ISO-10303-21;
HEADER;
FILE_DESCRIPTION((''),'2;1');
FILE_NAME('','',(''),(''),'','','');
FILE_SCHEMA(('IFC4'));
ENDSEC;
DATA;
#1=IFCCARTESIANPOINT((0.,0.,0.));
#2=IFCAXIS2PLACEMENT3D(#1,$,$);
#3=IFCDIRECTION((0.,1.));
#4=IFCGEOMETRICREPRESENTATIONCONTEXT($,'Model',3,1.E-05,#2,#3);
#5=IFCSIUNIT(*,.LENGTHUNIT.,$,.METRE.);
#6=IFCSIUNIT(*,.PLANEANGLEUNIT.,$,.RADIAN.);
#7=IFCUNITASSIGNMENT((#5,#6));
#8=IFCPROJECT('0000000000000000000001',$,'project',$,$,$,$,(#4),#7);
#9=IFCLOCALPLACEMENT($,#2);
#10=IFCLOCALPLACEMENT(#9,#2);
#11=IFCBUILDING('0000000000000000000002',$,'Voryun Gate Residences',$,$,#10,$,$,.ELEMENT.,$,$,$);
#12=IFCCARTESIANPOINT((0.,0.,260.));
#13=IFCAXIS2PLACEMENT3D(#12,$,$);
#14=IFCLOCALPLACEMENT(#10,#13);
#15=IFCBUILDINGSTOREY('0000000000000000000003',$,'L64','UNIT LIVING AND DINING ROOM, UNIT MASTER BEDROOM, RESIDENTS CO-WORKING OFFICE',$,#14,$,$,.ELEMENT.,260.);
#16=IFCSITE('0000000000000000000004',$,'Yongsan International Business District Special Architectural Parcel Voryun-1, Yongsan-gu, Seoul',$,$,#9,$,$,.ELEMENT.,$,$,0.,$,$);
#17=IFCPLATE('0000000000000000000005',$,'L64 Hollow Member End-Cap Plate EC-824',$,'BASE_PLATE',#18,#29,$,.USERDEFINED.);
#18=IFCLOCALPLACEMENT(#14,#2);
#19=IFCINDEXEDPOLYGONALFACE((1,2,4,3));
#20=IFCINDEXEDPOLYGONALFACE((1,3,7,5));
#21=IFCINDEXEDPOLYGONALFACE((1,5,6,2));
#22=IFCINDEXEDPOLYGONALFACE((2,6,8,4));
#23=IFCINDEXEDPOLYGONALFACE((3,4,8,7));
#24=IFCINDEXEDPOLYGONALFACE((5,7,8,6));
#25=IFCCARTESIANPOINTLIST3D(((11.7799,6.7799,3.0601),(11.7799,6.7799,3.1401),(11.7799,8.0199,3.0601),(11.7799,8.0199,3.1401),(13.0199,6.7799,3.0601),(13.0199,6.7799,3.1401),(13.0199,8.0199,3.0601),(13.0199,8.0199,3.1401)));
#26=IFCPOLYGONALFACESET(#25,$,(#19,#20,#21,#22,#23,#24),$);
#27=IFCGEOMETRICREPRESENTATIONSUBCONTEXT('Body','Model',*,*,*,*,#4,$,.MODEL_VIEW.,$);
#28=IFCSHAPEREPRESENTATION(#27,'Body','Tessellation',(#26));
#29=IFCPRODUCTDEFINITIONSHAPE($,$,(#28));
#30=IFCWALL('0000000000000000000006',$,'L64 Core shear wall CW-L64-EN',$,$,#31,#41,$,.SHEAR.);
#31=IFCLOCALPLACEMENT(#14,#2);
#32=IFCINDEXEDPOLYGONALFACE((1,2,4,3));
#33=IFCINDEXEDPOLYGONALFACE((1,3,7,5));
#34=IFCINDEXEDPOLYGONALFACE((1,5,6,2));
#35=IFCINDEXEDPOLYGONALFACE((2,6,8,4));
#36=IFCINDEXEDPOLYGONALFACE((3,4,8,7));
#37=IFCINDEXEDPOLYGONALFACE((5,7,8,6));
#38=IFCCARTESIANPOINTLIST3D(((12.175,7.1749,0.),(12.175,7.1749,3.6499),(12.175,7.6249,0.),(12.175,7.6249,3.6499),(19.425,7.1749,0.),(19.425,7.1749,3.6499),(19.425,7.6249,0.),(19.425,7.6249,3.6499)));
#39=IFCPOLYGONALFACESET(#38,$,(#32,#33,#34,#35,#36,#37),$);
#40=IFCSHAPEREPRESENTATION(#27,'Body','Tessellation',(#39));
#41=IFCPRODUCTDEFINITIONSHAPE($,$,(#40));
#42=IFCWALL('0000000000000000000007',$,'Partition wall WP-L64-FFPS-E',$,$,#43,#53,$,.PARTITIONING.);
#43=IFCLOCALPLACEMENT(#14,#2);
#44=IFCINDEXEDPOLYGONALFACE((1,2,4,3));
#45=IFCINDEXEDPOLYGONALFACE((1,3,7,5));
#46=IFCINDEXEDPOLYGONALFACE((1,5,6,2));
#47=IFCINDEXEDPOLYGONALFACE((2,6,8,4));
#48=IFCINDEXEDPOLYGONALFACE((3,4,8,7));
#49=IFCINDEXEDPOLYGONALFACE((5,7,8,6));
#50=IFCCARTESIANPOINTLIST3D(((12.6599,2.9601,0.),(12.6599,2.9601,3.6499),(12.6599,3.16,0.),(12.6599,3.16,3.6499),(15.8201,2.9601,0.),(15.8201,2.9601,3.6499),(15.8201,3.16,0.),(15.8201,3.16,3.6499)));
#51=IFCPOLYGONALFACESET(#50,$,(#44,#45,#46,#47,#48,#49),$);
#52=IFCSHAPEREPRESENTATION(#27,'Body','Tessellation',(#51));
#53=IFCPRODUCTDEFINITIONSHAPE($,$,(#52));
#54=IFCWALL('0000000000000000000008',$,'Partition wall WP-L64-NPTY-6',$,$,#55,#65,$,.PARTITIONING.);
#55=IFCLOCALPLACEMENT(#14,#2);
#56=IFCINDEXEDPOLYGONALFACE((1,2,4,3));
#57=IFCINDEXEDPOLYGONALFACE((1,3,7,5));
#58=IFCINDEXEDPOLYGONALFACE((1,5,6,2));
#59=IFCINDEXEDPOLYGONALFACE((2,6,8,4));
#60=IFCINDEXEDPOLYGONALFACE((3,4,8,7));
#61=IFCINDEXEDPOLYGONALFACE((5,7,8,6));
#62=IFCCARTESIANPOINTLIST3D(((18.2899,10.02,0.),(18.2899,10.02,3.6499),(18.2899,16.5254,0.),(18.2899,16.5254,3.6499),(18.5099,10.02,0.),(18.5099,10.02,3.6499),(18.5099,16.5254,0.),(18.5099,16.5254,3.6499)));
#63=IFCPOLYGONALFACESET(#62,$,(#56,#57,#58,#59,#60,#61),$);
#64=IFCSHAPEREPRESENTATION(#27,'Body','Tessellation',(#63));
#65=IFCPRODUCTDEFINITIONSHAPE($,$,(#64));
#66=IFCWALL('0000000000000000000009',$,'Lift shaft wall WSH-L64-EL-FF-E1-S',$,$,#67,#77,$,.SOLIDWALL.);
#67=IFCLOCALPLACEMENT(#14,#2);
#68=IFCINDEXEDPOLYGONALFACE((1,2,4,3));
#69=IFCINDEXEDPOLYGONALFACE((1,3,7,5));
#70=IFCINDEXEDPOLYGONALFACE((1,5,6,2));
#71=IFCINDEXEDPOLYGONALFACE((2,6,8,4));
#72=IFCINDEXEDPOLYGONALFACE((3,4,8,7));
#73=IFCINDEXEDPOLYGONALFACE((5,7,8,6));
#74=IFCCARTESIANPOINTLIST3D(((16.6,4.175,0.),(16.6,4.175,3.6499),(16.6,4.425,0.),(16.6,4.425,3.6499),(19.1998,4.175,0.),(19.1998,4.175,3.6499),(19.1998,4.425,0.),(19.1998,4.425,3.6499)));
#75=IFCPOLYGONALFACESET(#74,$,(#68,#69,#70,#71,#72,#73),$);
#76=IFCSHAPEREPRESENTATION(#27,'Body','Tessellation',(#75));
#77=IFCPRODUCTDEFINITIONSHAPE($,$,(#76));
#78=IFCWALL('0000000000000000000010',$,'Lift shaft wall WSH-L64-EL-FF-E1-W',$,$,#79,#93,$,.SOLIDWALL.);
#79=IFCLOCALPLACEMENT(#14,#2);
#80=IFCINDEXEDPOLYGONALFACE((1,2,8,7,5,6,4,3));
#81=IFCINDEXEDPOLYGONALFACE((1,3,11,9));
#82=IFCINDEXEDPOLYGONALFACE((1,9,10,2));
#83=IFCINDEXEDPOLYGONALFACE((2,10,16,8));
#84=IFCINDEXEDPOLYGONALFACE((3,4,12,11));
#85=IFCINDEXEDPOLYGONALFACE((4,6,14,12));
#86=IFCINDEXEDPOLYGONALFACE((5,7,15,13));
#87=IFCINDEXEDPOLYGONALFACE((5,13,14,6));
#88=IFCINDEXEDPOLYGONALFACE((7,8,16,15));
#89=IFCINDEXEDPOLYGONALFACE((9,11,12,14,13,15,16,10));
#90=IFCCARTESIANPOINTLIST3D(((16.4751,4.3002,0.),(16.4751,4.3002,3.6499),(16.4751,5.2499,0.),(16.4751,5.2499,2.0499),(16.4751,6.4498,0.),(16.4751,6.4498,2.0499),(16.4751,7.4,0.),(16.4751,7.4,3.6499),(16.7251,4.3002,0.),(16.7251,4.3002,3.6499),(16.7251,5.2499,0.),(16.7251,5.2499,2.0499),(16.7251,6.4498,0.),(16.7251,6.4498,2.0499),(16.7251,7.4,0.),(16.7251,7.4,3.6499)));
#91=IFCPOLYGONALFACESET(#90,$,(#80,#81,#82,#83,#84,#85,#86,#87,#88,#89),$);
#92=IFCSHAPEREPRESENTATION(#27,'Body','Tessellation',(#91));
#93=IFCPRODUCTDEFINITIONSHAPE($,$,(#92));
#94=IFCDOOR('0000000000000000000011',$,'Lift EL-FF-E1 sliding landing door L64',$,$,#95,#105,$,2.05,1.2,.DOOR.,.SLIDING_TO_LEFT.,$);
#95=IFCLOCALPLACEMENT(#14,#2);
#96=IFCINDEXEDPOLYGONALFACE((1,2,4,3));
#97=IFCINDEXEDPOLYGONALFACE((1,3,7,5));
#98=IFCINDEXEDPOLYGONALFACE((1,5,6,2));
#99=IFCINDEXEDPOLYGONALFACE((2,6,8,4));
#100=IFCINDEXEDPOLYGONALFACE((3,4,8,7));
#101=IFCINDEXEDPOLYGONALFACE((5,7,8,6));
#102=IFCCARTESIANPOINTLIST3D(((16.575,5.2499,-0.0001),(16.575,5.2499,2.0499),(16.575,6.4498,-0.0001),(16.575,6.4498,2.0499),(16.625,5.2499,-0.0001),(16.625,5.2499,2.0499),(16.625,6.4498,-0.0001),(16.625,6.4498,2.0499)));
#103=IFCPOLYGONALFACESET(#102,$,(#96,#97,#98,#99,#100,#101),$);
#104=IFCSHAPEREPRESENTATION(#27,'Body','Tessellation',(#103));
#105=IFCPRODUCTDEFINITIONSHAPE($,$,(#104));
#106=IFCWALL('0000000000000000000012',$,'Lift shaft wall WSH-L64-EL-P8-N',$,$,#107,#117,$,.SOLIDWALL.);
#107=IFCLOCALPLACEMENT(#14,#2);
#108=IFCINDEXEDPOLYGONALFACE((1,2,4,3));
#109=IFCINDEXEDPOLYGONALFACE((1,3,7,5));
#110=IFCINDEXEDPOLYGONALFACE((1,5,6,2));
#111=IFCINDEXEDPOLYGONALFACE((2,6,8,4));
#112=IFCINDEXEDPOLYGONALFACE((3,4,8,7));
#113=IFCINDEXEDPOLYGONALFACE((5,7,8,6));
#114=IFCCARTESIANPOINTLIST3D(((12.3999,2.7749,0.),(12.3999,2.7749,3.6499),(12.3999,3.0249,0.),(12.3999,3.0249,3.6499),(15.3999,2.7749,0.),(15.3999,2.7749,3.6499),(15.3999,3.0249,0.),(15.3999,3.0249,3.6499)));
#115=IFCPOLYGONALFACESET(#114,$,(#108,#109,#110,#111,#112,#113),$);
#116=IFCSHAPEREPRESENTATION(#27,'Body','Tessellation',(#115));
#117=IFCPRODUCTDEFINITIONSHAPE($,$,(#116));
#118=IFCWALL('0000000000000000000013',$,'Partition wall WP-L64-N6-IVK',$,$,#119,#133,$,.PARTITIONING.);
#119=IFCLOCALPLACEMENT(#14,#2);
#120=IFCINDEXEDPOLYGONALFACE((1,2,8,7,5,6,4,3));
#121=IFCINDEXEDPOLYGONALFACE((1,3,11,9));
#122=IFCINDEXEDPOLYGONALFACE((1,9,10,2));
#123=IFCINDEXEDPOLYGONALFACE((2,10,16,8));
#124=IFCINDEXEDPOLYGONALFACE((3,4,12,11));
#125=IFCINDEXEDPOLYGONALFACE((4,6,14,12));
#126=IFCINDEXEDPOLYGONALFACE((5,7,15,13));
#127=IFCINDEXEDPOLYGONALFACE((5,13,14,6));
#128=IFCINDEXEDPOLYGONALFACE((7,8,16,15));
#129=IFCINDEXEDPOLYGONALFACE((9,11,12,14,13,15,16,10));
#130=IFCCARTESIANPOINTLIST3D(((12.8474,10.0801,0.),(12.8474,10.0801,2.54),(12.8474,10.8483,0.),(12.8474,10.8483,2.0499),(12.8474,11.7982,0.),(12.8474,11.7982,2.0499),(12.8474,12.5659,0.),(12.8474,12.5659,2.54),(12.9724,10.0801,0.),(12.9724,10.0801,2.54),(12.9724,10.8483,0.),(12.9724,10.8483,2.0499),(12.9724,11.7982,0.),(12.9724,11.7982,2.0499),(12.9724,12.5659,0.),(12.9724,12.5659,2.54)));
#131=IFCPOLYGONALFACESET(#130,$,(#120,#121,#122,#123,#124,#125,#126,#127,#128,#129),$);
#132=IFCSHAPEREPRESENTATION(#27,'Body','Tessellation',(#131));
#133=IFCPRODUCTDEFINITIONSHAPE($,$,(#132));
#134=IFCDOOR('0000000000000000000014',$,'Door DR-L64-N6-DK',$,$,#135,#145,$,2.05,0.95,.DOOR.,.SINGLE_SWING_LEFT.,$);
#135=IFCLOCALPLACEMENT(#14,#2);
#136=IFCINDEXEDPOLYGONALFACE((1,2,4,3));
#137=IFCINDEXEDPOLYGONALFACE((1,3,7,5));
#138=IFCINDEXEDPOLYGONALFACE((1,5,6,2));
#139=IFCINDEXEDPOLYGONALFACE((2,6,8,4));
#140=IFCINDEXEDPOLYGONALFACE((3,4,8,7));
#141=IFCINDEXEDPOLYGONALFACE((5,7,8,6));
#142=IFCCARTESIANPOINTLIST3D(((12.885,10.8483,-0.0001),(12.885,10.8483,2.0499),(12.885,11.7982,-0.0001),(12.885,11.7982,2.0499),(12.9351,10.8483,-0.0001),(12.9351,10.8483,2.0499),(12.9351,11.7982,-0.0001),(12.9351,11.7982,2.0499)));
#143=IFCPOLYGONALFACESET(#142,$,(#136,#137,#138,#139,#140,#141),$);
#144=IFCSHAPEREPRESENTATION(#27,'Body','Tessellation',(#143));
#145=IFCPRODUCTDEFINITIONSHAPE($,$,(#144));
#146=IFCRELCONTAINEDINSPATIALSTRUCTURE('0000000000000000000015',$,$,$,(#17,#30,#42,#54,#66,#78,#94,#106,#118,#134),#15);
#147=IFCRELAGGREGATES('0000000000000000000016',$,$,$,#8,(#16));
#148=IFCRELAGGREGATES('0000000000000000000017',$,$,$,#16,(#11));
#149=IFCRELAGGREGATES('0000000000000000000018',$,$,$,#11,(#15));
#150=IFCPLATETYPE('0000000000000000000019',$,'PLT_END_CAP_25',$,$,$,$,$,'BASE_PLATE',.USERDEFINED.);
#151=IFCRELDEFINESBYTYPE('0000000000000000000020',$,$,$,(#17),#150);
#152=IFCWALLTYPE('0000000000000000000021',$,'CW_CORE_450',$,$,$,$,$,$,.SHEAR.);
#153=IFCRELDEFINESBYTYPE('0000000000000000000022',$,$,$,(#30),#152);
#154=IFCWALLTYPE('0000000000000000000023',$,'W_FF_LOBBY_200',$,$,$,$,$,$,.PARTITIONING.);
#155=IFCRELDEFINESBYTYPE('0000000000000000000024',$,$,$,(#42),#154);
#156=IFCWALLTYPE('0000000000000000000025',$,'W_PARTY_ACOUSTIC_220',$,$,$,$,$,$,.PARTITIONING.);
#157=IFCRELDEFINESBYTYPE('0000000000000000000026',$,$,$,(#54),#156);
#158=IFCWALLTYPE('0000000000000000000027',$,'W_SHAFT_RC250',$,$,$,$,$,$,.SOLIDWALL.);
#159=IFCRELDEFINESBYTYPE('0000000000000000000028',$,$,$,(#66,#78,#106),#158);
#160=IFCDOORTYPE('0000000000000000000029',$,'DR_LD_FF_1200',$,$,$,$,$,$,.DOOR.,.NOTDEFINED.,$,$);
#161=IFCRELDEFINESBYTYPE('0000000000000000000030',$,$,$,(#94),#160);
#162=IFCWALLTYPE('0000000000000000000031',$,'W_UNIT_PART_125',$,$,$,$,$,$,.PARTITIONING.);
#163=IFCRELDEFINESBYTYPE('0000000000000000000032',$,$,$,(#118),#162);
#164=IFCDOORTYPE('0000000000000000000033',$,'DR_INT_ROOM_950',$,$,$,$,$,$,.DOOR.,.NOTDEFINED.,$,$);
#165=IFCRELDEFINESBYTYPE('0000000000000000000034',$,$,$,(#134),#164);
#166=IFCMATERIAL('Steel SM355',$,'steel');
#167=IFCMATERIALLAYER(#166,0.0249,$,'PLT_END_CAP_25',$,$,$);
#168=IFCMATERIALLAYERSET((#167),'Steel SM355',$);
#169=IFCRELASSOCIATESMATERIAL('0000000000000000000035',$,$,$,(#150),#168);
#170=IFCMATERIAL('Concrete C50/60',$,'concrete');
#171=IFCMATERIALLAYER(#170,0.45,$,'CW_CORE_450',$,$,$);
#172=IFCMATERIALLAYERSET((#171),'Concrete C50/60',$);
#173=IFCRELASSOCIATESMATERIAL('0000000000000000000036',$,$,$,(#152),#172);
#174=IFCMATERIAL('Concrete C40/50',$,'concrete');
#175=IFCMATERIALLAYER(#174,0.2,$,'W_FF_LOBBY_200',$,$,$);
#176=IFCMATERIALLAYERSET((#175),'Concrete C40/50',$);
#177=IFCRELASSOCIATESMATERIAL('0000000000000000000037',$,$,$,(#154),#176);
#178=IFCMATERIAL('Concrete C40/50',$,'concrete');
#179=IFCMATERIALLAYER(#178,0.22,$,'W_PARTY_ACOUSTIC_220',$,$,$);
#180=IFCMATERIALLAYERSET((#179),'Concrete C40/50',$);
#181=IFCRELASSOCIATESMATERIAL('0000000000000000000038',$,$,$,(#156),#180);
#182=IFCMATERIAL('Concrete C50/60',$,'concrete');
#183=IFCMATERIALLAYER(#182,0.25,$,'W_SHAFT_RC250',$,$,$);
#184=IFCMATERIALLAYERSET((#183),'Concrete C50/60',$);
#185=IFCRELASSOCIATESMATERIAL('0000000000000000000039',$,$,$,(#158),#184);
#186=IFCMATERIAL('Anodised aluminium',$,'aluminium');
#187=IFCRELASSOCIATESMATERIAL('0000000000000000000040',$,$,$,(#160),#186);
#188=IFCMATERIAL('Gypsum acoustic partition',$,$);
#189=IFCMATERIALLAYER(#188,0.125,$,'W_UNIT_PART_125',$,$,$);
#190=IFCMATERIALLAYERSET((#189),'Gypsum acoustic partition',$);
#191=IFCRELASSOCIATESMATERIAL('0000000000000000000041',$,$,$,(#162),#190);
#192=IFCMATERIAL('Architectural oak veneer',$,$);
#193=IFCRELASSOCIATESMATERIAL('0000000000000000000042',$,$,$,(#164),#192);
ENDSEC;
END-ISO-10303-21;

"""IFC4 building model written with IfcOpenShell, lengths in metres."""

from ifc_helpers import new_model, si_unit, direction, frame, frame_2d, origin, origin_2d, place, context, subcontext, project, spatial, rectangle, extrude, material, layer, layer_set, type_object, element, fill, save


model = new_model("IFC4")

# Units and contexts
model_context = context("Model", 3, precision=1e-05, world=origin(), true_north=direction((0.0, 1.0)))
body_context = subcontext(model_context, "Body", "Model", "MODEL_VIEW")
ifc_project = project(units=[si_unit("LENGTHUNIT", "METRE"), si_unit("PLANEANGLEUNIT", "RADIAN")], contexts=[model_context])

# Site, building, storey
site_placement = place(None, origin())
site = spatial("IfcSite", under=ifc_project, at=site_placement, Name="Yongsan International Business District Special Architectural Parcel Voryun-1, Yongsan-gu, Seoul", CompositionType="ELEMENT", RefElevation=0.0)
building_placement = place(site_placement, origin())
building = spatial("IfcBuilding", under=site, at=building_placement, Name="Voryun Gate Residences", CompositionType="ELEMENT")
storey_placement = place(building_placement, frame((0.0, 0.0, 260.0)))
storey = spatial("IfcBuildingStorey", under=building, at=storey_placement, Name="L64", Description="UNIT LIVING AND DINING ROOM, UNIT MASTER BEDROOM, RESIDENTS CO-WORKING OFFICE", CompositionType="ELEMENT", Elevation=260.0)

# Plate
ifc_material_1 = material(Name="Steel SM355", Category="steel")
ifc_layer_1 = layer(ifc_material_1, 0.0249, Name="PLT_END_CAP_25")
ifc_layer_set_1 = layer_set([ifc_layer_1], Name="Steel SM355")
plate_type = type_object("IfcPlateType", Name="PLT_END_CAP_25", ElementType="BASE_PLATE", PredefinedType="USERDEFINED", material=ifc_layer_set_1)
for number, where, z_axis, x_axis, name in (
    (1, (12.3999, 7.3999, 3.0601), (0.0, 0.0, 1.0), (1.0, 0.0, 0.0), "L64 Hollow Member End-Cap Plate EC-824"),
):
    element("IfcPlate", number, at=place(storey_placement, frame(where, z_axis=z_axis, x_axis=x_axis)), inside=storey, type_object=plate_type, Name=name, ObjectType="BASE_PLATE", PredefinedType="USERDEFINED", context=body_context, shape_type="SweptSolid", body=[
        extrude(rectangle(XDim=1.24, YDim=1.24, at=origin_2d()), origin(), (0.0, 0.0, 1.0), 0.0801),
    ])

# Walls
ifc_material_2 = material(Name="Concrete C50/60", Category="concrete")
ifc_layer_2 = layer(ifc_material_2, 0.45, Name="CW_CORE_450")
ifc_layer_set_2 = layer_set([ifc_layer_2], Name="Concrete C50/60")
wall_type_1 = type_object("IfcWallType", Name="CW_CORE_450", PredefinedType="SHEAR", material=ifc_layer_set_2)
wall_1_placement = place(storey_placement, frame((12.175, 7.3999, 0.0), z_axis=(0.0, 0.0, 1.0), x_axis=(1.0, 0.0, 0.0)))
element("IfcWall", 2, at=wall_1_placement, inside=storey, type_object=wall_type_1, Name="L64 Core shear wall CW-L64-EN", PredefinedType="SHEAR", context=body_context, shape_type="SweptSolid", body=[
    extrude(rectangle(XDim=7.25, YDim=0.45, at=frame_2d((3.625, 0.0))), origin(), (0.0, 0.0, 1.0), 3.6499),
])
ifc_material_3 = material(Name="Concrete C40/50", Category="concrete")
ifc_layer_3 = layer(ifc_material_3, 0.2, Name="W_FF_LOBBY_200")
ifc_layer_set_3 = layer_set([ifc_layer_3], Name="Concrete C40/50")
wall_type_2 = type_object("IfcWallType", Name="W_FF_LOBBY_200", PredefinedType="PARTITIONING", material=ifc_layer_set_3)
wall_2_placement = place(storey_placement, frame((12.6599, 3.0601, 0.0), z_axis=(0.0, 0.0, 1.0), x_axis=(1.0, 0.0, 0.0)))
element("IfcWall", 3, at=wall_2_placement, inside=storey, type_object=wall_type_2, Name="Partition wall WP-L64-FFPS-E", PredefinedType="PARTITIONING", context=body_context, shape_type="SweptSolid", body=[
    extrude(rectangle(XDim=3.1602, YDim=0.2, at=frame_2d((1.5801, 0.0))), origin(), (0.0, 0.0, 1.0), 3.6499),
])
ifc_material_4 = material(Name="Concrete C40/50", Category="concrete")
ifc_layer_4 = layer(ifc_material_4, 0.22, Name="W_PARTY_ACOUSTIC_220")
ifc_layer_set_4 = layer_set([ifc_layer_4], Name="Concrete C40/50")
wall_type_3 = type_object("IfcWallType", Name="W_PARTY_ACOUSTIC_220", PredefinedType="PARTITIONING", material=ifc_layer_set_4)
wall_3_placement = place(storey_placement, frame((18.3999, 10.02, 0.0), z_axis=(0.0, 0.0, 1.0), x_axis=(0.0, 1.0, 0.0)))
element("IfcWall", 4, at=wall_3_placement, inside=storey, type_object=wall_type_3, Name="Partition wall WP-L64-NPTY-6", PredefinedType="PARTITIONING", context=body_context, shape_type="SweptSolid", body=[
    extrude(rectangle(XDim=6.5054, YDim=0.22, at=frame_2d((3.2527, 0.0))), origin(), (0.0, 0.0, 1.0), 3.6499),
])
ifc_material_5 = material(Name="Concrete C50/60", Category="concrete")
ifc_layer_5 = layer(ifc_material_5, 0.25, Name="W_SHAFT_RC250")
ifc_layer_set_5 = layer_set([ifc_layer_5], Name="Concrete C50/60")
wall_type_4 = type_object("IfcWallType", Name="W_SHAFT_RC250", PredefinedType="SOLIDWALL", material=ifc_layer_set_5)
wall_4_placement = place(storey_placement, frame((16.6001, 4.3, 0.0), z_axis=(0.0, 0.0, 1.0), x_axis=(1.0, 0.0, 0.0)))
element("IfcWall", 5, at=wall_4_placement, inside=storey, type_object=wall_type_4, Name="Lift shaft wall WSH-L64-EL-FF-E1-S", PredefinedType="SOLIDWALL", context=body_context, shape_type="SweptSolid", body=[
    extrude(rectangle(XDim=2.5999, YDim=0.25, at=frame_2d((1.2998, 0.0))), origin(), (0.0, 0.0, 1.0), 3.6499),
])

# Wall, opening, door
wall_5_placement = place(storey_placement, frame((16.6001, 7.3999, 0.0), z_axis=(0.0, 0.0, 1.0), x_axis=(0.0, -1.0, 0.0)))
wall_5 = element("IfcWall", 6, at=wall_5_placement, inside=storey, type_object=wall_type_4, Name="Lift shaft wall WSH-L64-EL-FF-E1-W", PredefinedType="SOLIDWALL", context=body_context, shape_type="SweptSolid", body=[
    extrude(rectangle(XDim=3.0999, YDim=0.25, at=frame_2d((1.5498, 0.0))), origin(), (0.0, 0.0, 1.0), 3.6499),
])
opening_1_placement = place(wall_5_placement, frame((0.95, 0.0, 0.0)))
opening_1 = element("IfcOpeningElement", 7, at=opening_1_placement, cuts=wall_5, PredefinedType="OPENING", context=body_context, shape_type="SweptSolid", body=[
    extrude(rectangle(XDim=1.2, YDim=2.05, at=frame_2d((0.6001, 1.0249))), frame((0.0, 0.135, 0.0), z_axis=(0.0, -1.0, 0.0), x_axis=(1.0, 0.0, 0.0)), (0.0, 0.0, 1.0), 0.27),
])
ifc_material_6 = material(Name="Anodised aluminium", Category="aluminium")
door_type_1 = type_object("IfcDoorType", Name="DR_LD_FF_1200", OperationType="NOTDEFINED", PredefinedType="DOOR", material=ifc_material_6)
door_1_placement = place(opening_1_placement, origin())
door_1 = element("IfcDoor", 8, at=door_1_placement, inside=storey, type_object=door_type_1, Name="Lift EL-FF-E1 sliding landing door L64", OperationType="SLIDING_TO_LEFT", OverallHeight=2.05, OverallWidth=1.2, PredefinedType="DOOR", context=body_context, shape_type="SweptSolid", body=[
    extrude(rectangle(XDim=1.2, YDim=2.05, at=frame_2d((0.6001, 1.0249))), frame((0.0, 0.0249, 0.0), z_axis=(0.0, -1.0, 0.0), x_axis=(1.0, 0.0, 0.0)), (0.0, 0.0, 1.0), 0.05),
])
fill(opening_1, door_1)

# Wall
wall_6_placement = place(storey_placement, frame((15.3999, 2.8999, 0.0), z_axis=(0.0, 0.0, 1.0), x_axis=(-1.0, 0.0, 0.0)))
element("IfcWall", 9, at=wall_6_placement, inside=storey, type_object=wall_type_4, Name="Lift shaft wall WSH-L64-EL-P8-N", PredefinedType="SOLIDWALL", context=body_context, shape_type="SweptSolid", body=[
    extrude(rectangle(XDim=3.0, YDim=0.25, at=frame_2d((1.5, 0.0))), origin(), (0.0, 0.0, 1.0), 3.6499),
])

# Wall, opening, door
ifc_material_7 = material(Name="Gypsum acoustic partition")
ifc_layer_6 = layer(ifc_material_7, 0.125, Name="W_UNIT_PART_125")
ifc_layer_set_6 = layer_set([ifc_layer_6], Name="Gypsum acoustic partition")
wall_type_5 = type_object("IfcWallType", Name="W_UNIT_PART_125", PredefinedType="PARTITIONING", material=ifc_layer_set_6)
wall_7_placement = place(storey_placement, frame((12.9099, 10.0801, 0.0), z_axis=(0.0, 0.0, 1.0), x_axis=(0.0, 1.0, 0.0)))
wall_7 = element("IfcWall", 10, at=wall_7_placement, inside=storey, type_object=wall_type_5, Name="Partition wall WP-L64-N6-IVK", PredefinedType="PARTITIONING", context=body_context, shape_type="SweptSolid", body=[
    extrude(rectangle(XDim=2.4858, YDim=0.125, at=frame_2d((1.2429, 0.0))), origin(), (0.0, 0.0, 1.0), 2.54),
])
opening_2_placement = place(wall_7_placement, frame((0.7681, 0.0, 0.0)))
opening_2 = element("IfcOpeningElement", 11, at=opening_2_placement, cuts=wall_7, PredefinedType="OPENING", context=body_context, shape_type="SweptSolid", body=[
    extrude(rectangle(XDim=0.95, YDim=2.05, at=frame_2d((0.4751, 1.0249))), frame((0.0, 0.0725, 0.0), z_axis=(0.0, -1.0, 0.0), x_axis=(1.0, 0.0, 0.0)), (0.0, 0.0, 1.0), 0.145),
])
ifc_material_8 = material(Name="Architectural oak veneer")
door_type_2 = type_object("IfcDoorType", Name="DR_INT_ROOM_950", OperationType="NOTDEFINED", PredefinedType="DOOR", material=ifc_material_8)
door_2_placement = place(opening_2_placement, origin())
door_2 = element("IfcDoor", 12, at=door_2_placement, inside=storey, type_object=door_type_2, Name="Door DR-L64-N6-DK", OperationType="SINGLE_SWING_LEFT", OverallHeight=2.05, OverallWidth=0.95, PredefinedType="DOOR", context=body_context, shape_type="SweptSolid", body=[
    extrude(rectangle(XDim=0.95, YDim=2.05, at=frame_2d((0.4751, 1.0249))), frame((0.0, 0.0249, 0.0), z_axis=(0.0, -1.0, 0.0), x_axis=(1.0, 0.0, 0.0)), (0.0, 0.0, 1.0), 0.05),
])
fill(opening_2, door_2)

save(model, "model.ifc")
